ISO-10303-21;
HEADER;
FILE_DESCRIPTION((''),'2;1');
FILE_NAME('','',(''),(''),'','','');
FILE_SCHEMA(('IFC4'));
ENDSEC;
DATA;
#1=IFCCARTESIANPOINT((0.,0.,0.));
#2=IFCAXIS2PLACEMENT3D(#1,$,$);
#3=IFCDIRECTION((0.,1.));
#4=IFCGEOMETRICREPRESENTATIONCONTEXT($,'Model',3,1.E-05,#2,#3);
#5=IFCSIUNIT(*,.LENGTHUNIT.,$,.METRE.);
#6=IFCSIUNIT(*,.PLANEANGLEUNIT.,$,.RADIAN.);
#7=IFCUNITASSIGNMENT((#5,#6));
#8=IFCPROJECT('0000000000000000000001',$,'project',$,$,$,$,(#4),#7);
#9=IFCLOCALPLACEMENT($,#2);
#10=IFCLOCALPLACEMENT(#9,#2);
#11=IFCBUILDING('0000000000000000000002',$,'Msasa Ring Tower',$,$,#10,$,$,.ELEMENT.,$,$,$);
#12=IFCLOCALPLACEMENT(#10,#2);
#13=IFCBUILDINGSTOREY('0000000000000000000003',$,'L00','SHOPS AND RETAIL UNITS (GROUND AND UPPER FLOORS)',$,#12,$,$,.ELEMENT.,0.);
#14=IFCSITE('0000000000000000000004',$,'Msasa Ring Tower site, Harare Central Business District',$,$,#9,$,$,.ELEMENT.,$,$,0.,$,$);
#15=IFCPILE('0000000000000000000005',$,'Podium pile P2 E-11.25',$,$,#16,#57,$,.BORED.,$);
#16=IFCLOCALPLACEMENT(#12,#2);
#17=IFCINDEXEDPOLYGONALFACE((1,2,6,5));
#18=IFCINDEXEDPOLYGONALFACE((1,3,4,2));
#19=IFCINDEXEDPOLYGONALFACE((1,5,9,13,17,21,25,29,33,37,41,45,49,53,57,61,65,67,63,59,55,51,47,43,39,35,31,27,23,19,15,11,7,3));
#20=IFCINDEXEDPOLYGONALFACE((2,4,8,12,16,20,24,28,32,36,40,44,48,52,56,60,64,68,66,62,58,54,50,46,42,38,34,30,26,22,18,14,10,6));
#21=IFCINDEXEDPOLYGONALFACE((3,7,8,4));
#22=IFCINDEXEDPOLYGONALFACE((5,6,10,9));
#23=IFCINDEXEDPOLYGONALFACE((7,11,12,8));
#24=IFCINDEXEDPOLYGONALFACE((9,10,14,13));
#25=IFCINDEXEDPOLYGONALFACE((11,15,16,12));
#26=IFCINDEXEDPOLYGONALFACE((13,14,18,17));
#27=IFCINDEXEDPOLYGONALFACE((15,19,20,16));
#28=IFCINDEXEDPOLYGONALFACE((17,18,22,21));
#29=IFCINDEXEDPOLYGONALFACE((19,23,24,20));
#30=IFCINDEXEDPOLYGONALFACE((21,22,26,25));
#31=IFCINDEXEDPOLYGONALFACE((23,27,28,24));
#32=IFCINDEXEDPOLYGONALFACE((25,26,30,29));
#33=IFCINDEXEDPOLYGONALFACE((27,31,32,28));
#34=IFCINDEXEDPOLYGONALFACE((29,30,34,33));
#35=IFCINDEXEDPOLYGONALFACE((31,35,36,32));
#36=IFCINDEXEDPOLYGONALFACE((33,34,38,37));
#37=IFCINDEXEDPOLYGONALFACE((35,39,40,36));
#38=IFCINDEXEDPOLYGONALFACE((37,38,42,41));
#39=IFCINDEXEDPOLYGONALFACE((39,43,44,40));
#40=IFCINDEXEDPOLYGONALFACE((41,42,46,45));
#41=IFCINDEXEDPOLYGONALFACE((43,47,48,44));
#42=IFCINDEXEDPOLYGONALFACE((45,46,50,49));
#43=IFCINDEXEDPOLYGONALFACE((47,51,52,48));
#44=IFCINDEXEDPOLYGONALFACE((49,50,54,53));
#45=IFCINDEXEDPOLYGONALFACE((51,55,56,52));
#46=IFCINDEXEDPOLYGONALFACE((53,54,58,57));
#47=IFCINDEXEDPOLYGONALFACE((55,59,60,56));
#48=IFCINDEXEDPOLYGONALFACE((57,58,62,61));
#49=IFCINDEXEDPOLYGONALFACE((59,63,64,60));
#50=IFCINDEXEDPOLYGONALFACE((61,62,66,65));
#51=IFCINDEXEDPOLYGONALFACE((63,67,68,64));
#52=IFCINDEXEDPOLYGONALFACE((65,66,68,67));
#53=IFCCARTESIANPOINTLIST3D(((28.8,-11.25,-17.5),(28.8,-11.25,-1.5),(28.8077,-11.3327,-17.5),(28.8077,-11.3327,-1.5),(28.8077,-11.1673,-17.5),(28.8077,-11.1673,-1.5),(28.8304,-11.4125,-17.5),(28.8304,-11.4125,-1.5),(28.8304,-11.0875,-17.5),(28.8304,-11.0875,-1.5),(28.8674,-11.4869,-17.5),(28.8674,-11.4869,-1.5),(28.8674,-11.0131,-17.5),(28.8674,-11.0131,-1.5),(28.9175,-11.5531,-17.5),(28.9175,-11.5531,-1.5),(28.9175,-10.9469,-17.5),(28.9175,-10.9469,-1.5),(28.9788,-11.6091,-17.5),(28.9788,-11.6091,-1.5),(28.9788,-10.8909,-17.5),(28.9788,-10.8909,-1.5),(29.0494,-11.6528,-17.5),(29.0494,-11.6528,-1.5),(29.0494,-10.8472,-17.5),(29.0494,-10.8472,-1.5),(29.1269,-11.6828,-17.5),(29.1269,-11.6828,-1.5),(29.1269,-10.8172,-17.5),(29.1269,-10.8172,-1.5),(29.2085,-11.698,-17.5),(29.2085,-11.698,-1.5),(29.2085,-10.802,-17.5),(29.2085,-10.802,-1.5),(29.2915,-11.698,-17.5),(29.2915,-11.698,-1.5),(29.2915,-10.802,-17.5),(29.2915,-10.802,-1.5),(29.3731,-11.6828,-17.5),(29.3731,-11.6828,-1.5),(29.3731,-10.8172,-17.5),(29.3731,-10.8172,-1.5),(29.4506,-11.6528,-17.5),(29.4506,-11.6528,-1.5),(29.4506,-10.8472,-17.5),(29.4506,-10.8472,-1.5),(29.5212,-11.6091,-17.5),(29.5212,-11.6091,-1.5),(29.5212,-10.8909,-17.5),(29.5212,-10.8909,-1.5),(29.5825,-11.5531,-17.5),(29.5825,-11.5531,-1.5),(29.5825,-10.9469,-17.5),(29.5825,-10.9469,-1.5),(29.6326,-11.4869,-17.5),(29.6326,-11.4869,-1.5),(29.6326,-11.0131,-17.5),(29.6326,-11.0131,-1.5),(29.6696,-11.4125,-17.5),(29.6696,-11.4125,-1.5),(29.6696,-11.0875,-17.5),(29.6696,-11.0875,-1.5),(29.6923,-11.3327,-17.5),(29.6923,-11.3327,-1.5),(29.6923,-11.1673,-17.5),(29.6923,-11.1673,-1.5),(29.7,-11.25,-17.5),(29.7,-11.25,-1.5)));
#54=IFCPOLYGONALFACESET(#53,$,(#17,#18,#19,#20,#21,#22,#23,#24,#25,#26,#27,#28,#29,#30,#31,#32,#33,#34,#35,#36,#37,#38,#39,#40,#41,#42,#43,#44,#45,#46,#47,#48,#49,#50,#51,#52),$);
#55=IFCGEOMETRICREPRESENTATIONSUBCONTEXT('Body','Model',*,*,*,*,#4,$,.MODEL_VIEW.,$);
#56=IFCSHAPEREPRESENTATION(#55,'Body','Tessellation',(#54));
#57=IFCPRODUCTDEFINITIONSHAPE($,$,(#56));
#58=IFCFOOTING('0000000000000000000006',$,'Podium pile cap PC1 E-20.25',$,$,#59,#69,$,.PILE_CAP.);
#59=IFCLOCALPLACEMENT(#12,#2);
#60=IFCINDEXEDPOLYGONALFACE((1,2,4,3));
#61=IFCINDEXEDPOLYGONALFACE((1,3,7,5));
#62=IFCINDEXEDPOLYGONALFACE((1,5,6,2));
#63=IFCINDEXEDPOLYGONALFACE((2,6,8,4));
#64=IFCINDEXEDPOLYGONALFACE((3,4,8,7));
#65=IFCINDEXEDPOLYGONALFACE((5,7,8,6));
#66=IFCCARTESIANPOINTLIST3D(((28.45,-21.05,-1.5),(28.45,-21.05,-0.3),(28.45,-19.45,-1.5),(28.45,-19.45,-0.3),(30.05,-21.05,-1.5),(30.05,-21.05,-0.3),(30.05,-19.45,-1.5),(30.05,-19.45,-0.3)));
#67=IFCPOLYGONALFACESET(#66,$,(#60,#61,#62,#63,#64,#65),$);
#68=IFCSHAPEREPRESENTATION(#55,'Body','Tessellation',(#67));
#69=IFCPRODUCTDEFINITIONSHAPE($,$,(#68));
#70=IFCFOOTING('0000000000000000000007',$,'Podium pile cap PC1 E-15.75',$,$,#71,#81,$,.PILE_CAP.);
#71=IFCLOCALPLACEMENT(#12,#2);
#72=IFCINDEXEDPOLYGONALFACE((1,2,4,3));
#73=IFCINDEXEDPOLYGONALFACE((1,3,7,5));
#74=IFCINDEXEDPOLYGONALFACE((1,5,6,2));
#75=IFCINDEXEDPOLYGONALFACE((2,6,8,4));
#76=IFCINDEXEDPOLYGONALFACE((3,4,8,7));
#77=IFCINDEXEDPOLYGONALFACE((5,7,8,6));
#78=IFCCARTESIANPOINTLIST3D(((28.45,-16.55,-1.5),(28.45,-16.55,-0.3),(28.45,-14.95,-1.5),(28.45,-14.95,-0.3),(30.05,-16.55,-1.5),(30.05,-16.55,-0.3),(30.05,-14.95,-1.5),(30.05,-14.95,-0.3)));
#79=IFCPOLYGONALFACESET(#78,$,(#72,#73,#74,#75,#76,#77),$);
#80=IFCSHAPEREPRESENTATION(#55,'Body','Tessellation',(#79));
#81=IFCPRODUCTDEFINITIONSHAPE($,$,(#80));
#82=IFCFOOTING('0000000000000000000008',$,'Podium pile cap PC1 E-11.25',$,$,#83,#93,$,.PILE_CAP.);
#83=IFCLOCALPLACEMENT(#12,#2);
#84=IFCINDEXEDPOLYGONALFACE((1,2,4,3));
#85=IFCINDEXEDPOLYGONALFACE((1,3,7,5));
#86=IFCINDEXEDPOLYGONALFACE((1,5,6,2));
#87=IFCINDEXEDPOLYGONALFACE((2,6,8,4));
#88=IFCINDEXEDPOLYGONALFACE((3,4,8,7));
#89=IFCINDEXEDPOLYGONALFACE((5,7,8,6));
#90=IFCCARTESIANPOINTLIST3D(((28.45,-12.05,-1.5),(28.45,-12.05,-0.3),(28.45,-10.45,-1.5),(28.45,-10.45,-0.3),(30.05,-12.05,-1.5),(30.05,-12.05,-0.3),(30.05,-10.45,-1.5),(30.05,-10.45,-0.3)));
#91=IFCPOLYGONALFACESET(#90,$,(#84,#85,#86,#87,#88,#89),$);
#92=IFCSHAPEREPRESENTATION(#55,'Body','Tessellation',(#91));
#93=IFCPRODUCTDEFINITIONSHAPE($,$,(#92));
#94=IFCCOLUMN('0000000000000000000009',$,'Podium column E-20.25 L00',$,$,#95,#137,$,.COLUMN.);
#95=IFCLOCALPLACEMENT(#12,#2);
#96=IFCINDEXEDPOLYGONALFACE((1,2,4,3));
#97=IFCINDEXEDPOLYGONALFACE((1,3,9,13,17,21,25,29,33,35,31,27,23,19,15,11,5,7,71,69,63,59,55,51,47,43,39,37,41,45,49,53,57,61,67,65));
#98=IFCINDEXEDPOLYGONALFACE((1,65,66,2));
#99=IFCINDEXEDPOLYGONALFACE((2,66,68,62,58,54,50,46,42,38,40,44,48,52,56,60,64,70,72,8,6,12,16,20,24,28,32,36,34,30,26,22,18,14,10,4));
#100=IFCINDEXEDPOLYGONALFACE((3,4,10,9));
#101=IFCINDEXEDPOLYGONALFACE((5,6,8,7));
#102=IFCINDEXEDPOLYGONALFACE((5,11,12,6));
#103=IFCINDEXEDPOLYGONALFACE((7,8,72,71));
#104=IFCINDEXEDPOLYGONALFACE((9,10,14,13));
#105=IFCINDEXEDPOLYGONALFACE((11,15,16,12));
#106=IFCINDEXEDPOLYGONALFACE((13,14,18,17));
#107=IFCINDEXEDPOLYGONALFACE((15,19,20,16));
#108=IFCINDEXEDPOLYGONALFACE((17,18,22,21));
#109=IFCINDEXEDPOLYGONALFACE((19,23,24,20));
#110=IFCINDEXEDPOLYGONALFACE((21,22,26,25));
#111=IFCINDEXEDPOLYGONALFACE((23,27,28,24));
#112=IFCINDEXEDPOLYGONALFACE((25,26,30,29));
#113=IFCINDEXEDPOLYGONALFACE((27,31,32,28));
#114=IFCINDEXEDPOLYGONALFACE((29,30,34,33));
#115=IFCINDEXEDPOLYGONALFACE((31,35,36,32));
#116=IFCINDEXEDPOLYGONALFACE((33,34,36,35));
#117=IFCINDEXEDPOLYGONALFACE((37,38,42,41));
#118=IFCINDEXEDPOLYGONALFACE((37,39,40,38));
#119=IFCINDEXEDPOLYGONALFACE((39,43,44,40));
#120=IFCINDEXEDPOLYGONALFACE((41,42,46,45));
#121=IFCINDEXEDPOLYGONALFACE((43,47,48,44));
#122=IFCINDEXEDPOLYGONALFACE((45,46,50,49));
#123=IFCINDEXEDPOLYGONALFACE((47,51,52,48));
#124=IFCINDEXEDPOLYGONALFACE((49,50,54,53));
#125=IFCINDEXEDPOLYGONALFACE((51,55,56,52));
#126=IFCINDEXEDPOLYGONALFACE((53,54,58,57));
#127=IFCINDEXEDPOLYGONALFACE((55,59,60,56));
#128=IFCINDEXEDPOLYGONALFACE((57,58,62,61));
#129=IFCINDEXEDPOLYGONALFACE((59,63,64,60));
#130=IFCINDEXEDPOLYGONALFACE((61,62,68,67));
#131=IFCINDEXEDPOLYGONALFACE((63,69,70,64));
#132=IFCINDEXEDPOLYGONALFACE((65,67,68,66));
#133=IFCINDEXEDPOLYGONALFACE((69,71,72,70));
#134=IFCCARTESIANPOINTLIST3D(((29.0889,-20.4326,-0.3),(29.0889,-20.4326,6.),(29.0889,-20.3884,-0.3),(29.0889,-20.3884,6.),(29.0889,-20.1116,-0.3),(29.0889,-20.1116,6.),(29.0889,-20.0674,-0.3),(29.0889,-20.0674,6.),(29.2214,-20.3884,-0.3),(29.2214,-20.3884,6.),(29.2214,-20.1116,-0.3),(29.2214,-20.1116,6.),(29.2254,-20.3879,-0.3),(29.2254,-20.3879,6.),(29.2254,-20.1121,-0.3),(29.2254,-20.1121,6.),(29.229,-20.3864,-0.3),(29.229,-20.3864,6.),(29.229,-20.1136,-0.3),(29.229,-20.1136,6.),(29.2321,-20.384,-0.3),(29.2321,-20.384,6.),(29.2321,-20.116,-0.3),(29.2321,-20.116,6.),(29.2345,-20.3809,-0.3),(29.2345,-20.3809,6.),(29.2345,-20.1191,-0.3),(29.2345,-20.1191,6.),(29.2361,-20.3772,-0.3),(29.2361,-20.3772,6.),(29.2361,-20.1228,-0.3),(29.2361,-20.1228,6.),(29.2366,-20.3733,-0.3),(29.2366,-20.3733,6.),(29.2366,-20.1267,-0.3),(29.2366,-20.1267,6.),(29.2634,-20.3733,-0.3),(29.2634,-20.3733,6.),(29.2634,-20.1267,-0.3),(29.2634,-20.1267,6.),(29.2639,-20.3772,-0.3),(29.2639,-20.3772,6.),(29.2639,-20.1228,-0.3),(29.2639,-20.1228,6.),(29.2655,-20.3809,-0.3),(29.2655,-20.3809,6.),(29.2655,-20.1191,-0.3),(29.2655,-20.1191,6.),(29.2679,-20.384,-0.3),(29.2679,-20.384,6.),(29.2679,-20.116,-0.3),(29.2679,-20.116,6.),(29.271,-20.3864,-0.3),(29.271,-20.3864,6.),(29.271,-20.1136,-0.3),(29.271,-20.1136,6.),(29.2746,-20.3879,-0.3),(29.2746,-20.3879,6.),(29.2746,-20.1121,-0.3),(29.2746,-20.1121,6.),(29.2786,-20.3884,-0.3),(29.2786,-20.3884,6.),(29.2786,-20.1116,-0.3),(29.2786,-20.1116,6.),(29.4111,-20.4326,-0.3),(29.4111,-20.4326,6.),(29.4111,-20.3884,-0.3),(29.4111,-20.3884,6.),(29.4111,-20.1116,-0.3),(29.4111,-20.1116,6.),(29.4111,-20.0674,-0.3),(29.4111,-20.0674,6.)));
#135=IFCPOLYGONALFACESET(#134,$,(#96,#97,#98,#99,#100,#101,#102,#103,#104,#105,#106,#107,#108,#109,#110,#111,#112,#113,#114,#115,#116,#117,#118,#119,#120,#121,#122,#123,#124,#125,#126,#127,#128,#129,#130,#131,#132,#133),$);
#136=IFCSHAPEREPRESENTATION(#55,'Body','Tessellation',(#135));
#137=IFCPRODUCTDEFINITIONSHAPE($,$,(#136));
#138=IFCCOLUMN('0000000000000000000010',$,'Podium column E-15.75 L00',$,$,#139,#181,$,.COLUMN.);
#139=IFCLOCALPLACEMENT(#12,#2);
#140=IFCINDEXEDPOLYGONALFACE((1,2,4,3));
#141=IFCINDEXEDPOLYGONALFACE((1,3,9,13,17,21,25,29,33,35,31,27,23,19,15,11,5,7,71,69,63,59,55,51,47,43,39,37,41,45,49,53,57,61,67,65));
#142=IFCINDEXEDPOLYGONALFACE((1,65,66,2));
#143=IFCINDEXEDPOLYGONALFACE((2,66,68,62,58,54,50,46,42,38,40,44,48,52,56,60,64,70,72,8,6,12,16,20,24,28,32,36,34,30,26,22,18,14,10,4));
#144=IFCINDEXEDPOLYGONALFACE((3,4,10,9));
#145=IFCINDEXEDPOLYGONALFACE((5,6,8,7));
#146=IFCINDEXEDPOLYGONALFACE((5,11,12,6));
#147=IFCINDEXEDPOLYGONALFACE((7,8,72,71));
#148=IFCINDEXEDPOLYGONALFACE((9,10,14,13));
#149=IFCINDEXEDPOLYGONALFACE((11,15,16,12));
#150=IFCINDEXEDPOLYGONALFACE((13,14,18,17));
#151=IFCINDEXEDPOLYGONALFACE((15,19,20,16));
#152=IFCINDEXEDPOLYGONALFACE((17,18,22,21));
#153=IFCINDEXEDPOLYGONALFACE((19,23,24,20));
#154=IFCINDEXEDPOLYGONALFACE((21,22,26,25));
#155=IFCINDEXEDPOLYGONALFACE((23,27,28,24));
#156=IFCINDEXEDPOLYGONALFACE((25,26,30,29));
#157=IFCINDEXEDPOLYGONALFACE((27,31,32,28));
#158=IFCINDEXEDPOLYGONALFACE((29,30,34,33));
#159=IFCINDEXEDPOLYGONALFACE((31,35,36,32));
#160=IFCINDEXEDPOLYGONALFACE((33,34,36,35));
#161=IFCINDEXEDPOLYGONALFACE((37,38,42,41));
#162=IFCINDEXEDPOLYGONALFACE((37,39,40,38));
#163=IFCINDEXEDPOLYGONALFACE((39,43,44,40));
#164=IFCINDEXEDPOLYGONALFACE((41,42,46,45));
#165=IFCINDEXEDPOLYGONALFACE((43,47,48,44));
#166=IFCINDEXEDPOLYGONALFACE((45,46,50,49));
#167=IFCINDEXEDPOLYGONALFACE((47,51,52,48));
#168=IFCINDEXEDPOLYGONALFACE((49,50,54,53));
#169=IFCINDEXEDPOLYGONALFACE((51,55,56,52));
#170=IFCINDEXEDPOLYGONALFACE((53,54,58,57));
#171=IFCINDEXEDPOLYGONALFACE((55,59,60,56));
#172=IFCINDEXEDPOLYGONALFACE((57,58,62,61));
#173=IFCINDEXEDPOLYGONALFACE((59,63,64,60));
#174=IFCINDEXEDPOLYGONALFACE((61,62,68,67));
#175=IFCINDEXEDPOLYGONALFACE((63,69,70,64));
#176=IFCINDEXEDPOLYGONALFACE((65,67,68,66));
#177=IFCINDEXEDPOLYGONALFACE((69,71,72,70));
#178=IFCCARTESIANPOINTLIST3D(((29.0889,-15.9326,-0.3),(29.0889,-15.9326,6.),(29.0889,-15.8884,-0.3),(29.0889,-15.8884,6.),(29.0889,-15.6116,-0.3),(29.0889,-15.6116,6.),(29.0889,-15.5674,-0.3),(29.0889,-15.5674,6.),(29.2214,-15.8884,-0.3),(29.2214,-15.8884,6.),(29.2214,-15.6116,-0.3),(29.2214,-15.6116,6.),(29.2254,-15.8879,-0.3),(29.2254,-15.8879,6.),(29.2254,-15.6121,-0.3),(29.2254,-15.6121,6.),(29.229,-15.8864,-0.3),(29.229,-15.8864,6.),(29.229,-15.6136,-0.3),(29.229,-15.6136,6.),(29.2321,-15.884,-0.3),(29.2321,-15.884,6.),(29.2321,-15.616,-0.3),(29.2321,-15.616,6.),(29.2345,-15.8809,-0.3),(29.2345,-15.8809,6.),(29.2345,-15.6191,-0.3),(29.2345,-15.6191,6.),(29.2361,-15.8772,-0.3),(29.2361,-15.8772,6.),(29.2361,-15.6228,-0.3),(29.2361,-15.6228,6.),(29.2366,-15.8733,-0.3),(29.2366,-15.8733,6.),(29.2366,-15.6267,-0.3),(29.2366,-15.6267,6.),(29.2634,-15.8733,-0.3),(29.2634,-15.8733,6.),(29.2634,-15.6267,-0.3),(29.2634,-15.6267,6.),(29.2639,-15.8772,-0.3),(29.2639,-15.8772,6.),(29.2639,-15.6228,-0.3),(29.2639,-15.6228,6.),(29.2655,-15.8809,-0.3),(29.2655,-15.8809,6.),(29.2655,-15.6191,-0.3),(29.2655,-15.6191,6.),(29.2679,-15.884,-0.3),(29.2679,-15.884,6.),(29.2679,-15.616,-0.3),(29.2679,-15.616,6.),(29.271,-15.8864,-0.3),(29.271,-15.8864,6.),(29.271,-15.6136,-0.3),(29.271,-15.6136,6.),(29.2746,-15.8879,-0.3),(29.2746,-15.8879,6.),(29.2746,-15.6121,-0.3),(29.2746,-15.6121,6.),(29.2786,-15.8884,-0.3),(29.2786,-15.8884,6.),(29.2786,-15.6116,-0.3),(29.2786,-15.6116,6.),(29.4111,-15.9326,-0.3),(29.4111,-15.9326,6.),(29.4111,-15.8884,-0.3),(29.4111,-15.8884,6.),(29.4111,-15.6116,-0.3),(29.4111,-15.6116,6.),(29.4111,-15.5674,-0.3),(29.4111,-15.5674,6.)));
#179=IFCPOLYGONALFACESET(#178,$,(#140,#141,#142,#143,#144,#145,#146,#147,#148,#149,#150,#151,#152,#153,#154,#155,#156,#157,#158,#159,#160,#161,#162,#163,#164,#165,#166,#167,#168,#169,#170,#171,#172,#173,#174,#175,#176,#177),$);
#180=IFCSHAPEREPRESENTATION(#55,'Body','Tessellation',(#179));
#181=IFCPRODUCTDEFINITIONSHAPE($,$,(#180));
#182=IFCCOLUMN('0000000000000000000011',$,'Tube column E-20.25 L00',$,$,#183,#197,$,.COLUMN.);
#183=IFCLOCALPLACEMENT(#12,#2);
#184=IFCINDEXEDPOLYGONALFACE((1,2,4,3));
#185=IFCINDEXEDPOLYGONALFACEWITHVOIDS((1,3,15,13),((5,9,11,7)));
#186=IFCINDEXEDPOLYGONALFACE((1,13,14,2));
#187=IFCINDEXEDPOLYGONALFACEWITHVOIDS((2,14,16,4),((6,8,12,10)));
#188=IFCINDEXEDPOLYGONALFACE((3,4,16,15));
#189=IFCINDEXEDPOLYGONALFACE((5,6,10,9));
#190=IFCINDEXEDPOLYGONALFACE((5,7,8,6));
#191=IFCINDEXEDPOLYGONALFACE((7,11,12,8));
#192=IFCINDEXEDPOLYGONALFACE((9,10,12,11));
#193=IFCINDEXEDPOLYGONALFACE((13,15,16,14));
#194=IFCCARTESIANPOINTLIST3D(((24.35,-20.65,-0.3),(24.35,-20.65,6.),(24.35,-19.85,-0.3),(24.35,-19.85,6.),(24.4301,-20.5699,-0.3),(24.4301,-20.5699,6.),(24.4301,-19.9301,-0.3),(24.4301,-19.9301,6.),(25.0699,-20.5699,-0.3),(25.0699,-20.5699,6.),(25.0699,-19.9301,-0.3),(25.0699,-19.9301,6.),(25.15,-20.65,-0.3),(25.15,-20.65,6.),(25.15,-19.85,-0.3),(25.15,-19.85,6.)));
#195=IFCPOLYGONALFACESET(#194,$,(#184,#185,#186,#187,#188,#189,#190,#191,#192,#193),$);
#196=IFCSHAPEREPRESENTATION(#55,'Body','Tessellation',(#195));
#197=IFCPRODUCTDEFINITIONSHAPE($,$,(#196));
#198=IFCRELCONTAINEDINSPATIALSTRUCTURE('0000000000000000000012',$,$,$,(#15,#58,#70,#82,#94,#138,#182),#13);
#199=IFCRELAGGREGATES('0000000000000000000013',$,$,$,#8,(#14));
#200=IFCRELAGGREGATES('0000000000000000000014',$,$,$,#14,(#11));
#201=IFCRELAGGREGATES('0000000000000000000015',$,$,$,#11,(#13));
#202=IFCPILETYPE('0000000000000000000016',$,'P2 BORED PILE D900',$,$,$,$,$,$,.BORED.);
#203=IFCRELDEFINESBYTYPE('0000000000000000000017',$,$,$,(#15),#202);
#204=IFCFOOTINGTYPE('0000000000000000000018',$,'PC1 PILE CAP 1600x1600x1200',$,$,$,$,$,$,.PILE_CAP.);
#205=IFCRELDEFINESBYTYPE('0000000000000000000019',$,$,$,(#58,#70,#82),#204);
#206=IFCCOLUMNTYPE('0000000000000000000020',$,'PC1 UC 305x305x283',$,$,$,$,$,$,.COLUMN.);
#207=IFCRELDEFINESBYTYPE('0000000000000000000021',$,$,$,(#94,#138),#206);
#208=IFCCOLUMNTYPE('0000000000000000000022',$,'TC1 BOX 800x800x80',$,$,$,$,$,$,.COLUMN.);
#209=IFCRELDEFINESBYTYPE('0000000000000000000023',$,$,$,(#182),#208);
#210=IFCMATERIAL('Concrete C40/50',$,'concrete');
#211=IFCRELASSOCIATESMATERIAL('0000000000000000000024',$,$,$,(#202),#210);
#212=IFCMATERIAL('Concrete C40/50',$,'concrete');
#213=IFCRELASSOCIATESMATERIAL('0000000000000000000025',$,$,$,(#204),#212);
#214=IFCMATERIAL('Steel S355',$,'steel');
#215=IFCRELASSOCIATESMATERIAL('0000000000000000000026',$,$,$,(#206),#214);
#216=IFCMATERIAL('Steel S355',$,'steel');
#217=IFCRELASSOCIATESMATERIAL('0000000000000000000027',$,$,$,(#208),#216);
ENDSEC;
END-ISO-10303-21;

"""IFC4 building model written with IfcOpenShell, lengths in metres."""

from ifc_helpers import new_model, si_unit, direction, frame, origin, origin_2d, place, context, subcontext, project, spatial, rectangle, hollow_rectangle, circle, i_section, extrude, material, material_profile, profile_set, type_object, element, save


model = new_model("IFC4")

# Units and contexts
model_context = context("Model", 3, precision=1e-05, world=origin(), true_north=direction((0.0, 1.0)))
body_context = subcontext(model_context, "Body", "Model", "MODEL_VIEW")
ifc_project = project(units=[si_unit("LENGTHUNIT", "METRE"), si_unit("PLANEANGLEUNIT", "RADIAN")], contexts=[model_context])

# Site, building, storey
site_placement = place(None, origin())
site = spatial("IfcSite", under=ifc_project, at=site_placement, Name="Msasa Ring Tower site, Harare Central Business District", CompositionType="ELEMENT", RefElevation=0.0)
building_placement = place(site_placement, origin())
building = spatial("IfcBuilding", under=site, at=building_placement, Name="Msasa Ring Tower", CompositionType="ELEMENT")
storey_placement = place(building_placement, origin())
storey = spatial("IfcBuildingStorey", under=building, at=storey_placement, Name="L00", Description="SHOPS AND RETAIL UNITS (GROUND AND UPPER FLOORS)", CompositionType="ELEMENT", Elevation=0.0)

# Pile
ifc_material_1 = material(Name="Concrete C40/50", Category="concrete")
ifc_material_profile_1 = material_profile(ifc_material_1, circle(Radius=0.45, at=origin_2d()), Name="D900")
ifc_profile_set_1 = profile_set([ifc_material_profile_1], Name="Concrete C40/50")
pile_type_1 = type_object("IfcPileType", Name="P2 BORED PILE D900", PredefinedType="BORED", material=ifc_profile_set_1)
for number, where, z_axis, x_axis, name in (
    (1, (29.25, -11.25, -1.5), (0.0, 0.0, -1.0), (1.0, 0.0, 0.0), "Podium pile P2 E-11.25"),
):
    element("IfcPile", number, at=place(storey_placement, frame(where, z_axis=z_axis, x_axis=x_axis)), inside=storey, type_object=pile_type_1, Name=name, PredefinedType="BORED", context=body_context, shape_type="SweptSolid", body=[
        extrude(circle(Radius=0.45, at=origin_2d()), origin(), (0.0, 0.0, 1.0), 16.0),
    ])

# Footings
ifc_material_2 = material(Name="Concrete C40/50", Category="concrete")
footing_type = type_object("IfcFootingType", Name="PC1 PILE CAP 1600x1600x1200", PredefinedType="PILE_CAP", material=ifc_material_2)
for number, where, z_axis, x_axis, name in (
    (2, (29.25, -20.25, -1.5), (0.0, 0.0, 1.0), (1.0, 0.0, 0.0), "Podium pile cap PC1 E-20.25"),
    (3, (29.25, -15.75, -1.5), (0.0, 0.0, 1.0), (1.0, 0.0, 0.0), "Podium pile cap PC1 E-15.75"),
    (4, (29.25, -11.25, -1.5), (0.0, 0.0, 1.0), (1.0, 0.0, 0.0), "Podium pile cap PC1 E-11.25"),
):
    element("IfcFooting", number, at=place(storey_placement, frame(where, z_axis=z_axis, x_axis=x_axis)), inside=storey, type_object=footing_type, Name=name, PredefinedType="PILE_CAP", context=body_context, shape_type="SweptSolid", body=[
        extrude(rectangle(XDim=1.6001, YDim=1.6001, at=origin_2d()), origin(), (0.0, 0.0, 1.0), 1.2),
    ])

# Columns
ifc_material_3 = material(Name="Steel S355", Category="steel")
ifc_material_profile_2 = material_profile(ifc_material_3, i_section(OverallWidth=0.3223, OverallDepth=0.3652, WebThickness=0.0269, FlangeThickness=0.0442, FilletRadius=0.0151, at=origin_2d()), Name="UC 305x305x283")
ifc_profile_set_2 = profile_set([ifc_material_profile_2], Name="Steel S355")
column_type_1 = type_object("IfcColumnType", Name="PC1 UC 305x305x283", PredefinedType="COLUMN", material=ifc_profile_set_2)
for number, where, z_axis, x_axis, name in (
    (5, (29.25, -20.25, -0.3), (0.0, 0.0, 1.0), (1.0, 0.0, 0.0), "Podium column E-20.25 L00"),
    (6, (29.25, -15.75, -0.3), (0.0, 0.0, 1.0), (1.0, 0.0, 0.0), "Podium column E-15.75 L00"),
):
    element("IfcColumn", number, at=place(storey_placement, frame(where, z_axis=z_axis, x_axis=x_axis)), inside=storey, type_object=column_type_1, Name=name, PredefinedType="COLUMN", context=body_context, shape_type="SweptSolid", body=[
        extrude(i_section(OverallWidth=0.3223, OverallDepth=0.3652, WebThickness=0.0269, FlangeThickness=0.0442, FilletRadius=0.0151, at=origin_2d()), origin(), (0.0, 0.0, 1.0), 6.3),
    ])
ifc_material_4 = material(Name="Steel S355", Category="steel")
ifc_material_profile_3 = material_profile(ifc_material_4, hollow_rectangle(XDim=0.8, YDim=0.8, WallThickness=0.0801, at=origin_2d()), Name="BOX 800x800x80")
ifc_profile_set_3 = profile_set([ifc_material_profile_3], Name="Steel S355")
column_type_2 = type_object("IfcColumnType", Name="TC1 BOX 800x800x80", PredefinedType="COLUMN", material=ifc_profile_set_3)
for number, where, z_axis, x_axis, name in (
    (7, (24.75, -20.25, -0.3), (0.0, 0.0, 1.0), (1.0, 0.0, 0.0), "Tube column E-20.25 L00"),
):
    element("IfcColumn", number, at=place(storey_placement, frame(where, z_axis=z_axis, x_axis=x_axis)), inside=storey, type_object=column_type_2, Name=name, PredefinedType="COLUMN", context=body_context, shape_type="SweptSolid", body=[
        extrude(hollow_rectangle(XDim=0.8, YDim=0.8, WallThickness=0.0801, at=origin_2d()), origin(), (0.0, 0.0, 1.0), 6.3),
    ])

save(model, "model.ifc")
